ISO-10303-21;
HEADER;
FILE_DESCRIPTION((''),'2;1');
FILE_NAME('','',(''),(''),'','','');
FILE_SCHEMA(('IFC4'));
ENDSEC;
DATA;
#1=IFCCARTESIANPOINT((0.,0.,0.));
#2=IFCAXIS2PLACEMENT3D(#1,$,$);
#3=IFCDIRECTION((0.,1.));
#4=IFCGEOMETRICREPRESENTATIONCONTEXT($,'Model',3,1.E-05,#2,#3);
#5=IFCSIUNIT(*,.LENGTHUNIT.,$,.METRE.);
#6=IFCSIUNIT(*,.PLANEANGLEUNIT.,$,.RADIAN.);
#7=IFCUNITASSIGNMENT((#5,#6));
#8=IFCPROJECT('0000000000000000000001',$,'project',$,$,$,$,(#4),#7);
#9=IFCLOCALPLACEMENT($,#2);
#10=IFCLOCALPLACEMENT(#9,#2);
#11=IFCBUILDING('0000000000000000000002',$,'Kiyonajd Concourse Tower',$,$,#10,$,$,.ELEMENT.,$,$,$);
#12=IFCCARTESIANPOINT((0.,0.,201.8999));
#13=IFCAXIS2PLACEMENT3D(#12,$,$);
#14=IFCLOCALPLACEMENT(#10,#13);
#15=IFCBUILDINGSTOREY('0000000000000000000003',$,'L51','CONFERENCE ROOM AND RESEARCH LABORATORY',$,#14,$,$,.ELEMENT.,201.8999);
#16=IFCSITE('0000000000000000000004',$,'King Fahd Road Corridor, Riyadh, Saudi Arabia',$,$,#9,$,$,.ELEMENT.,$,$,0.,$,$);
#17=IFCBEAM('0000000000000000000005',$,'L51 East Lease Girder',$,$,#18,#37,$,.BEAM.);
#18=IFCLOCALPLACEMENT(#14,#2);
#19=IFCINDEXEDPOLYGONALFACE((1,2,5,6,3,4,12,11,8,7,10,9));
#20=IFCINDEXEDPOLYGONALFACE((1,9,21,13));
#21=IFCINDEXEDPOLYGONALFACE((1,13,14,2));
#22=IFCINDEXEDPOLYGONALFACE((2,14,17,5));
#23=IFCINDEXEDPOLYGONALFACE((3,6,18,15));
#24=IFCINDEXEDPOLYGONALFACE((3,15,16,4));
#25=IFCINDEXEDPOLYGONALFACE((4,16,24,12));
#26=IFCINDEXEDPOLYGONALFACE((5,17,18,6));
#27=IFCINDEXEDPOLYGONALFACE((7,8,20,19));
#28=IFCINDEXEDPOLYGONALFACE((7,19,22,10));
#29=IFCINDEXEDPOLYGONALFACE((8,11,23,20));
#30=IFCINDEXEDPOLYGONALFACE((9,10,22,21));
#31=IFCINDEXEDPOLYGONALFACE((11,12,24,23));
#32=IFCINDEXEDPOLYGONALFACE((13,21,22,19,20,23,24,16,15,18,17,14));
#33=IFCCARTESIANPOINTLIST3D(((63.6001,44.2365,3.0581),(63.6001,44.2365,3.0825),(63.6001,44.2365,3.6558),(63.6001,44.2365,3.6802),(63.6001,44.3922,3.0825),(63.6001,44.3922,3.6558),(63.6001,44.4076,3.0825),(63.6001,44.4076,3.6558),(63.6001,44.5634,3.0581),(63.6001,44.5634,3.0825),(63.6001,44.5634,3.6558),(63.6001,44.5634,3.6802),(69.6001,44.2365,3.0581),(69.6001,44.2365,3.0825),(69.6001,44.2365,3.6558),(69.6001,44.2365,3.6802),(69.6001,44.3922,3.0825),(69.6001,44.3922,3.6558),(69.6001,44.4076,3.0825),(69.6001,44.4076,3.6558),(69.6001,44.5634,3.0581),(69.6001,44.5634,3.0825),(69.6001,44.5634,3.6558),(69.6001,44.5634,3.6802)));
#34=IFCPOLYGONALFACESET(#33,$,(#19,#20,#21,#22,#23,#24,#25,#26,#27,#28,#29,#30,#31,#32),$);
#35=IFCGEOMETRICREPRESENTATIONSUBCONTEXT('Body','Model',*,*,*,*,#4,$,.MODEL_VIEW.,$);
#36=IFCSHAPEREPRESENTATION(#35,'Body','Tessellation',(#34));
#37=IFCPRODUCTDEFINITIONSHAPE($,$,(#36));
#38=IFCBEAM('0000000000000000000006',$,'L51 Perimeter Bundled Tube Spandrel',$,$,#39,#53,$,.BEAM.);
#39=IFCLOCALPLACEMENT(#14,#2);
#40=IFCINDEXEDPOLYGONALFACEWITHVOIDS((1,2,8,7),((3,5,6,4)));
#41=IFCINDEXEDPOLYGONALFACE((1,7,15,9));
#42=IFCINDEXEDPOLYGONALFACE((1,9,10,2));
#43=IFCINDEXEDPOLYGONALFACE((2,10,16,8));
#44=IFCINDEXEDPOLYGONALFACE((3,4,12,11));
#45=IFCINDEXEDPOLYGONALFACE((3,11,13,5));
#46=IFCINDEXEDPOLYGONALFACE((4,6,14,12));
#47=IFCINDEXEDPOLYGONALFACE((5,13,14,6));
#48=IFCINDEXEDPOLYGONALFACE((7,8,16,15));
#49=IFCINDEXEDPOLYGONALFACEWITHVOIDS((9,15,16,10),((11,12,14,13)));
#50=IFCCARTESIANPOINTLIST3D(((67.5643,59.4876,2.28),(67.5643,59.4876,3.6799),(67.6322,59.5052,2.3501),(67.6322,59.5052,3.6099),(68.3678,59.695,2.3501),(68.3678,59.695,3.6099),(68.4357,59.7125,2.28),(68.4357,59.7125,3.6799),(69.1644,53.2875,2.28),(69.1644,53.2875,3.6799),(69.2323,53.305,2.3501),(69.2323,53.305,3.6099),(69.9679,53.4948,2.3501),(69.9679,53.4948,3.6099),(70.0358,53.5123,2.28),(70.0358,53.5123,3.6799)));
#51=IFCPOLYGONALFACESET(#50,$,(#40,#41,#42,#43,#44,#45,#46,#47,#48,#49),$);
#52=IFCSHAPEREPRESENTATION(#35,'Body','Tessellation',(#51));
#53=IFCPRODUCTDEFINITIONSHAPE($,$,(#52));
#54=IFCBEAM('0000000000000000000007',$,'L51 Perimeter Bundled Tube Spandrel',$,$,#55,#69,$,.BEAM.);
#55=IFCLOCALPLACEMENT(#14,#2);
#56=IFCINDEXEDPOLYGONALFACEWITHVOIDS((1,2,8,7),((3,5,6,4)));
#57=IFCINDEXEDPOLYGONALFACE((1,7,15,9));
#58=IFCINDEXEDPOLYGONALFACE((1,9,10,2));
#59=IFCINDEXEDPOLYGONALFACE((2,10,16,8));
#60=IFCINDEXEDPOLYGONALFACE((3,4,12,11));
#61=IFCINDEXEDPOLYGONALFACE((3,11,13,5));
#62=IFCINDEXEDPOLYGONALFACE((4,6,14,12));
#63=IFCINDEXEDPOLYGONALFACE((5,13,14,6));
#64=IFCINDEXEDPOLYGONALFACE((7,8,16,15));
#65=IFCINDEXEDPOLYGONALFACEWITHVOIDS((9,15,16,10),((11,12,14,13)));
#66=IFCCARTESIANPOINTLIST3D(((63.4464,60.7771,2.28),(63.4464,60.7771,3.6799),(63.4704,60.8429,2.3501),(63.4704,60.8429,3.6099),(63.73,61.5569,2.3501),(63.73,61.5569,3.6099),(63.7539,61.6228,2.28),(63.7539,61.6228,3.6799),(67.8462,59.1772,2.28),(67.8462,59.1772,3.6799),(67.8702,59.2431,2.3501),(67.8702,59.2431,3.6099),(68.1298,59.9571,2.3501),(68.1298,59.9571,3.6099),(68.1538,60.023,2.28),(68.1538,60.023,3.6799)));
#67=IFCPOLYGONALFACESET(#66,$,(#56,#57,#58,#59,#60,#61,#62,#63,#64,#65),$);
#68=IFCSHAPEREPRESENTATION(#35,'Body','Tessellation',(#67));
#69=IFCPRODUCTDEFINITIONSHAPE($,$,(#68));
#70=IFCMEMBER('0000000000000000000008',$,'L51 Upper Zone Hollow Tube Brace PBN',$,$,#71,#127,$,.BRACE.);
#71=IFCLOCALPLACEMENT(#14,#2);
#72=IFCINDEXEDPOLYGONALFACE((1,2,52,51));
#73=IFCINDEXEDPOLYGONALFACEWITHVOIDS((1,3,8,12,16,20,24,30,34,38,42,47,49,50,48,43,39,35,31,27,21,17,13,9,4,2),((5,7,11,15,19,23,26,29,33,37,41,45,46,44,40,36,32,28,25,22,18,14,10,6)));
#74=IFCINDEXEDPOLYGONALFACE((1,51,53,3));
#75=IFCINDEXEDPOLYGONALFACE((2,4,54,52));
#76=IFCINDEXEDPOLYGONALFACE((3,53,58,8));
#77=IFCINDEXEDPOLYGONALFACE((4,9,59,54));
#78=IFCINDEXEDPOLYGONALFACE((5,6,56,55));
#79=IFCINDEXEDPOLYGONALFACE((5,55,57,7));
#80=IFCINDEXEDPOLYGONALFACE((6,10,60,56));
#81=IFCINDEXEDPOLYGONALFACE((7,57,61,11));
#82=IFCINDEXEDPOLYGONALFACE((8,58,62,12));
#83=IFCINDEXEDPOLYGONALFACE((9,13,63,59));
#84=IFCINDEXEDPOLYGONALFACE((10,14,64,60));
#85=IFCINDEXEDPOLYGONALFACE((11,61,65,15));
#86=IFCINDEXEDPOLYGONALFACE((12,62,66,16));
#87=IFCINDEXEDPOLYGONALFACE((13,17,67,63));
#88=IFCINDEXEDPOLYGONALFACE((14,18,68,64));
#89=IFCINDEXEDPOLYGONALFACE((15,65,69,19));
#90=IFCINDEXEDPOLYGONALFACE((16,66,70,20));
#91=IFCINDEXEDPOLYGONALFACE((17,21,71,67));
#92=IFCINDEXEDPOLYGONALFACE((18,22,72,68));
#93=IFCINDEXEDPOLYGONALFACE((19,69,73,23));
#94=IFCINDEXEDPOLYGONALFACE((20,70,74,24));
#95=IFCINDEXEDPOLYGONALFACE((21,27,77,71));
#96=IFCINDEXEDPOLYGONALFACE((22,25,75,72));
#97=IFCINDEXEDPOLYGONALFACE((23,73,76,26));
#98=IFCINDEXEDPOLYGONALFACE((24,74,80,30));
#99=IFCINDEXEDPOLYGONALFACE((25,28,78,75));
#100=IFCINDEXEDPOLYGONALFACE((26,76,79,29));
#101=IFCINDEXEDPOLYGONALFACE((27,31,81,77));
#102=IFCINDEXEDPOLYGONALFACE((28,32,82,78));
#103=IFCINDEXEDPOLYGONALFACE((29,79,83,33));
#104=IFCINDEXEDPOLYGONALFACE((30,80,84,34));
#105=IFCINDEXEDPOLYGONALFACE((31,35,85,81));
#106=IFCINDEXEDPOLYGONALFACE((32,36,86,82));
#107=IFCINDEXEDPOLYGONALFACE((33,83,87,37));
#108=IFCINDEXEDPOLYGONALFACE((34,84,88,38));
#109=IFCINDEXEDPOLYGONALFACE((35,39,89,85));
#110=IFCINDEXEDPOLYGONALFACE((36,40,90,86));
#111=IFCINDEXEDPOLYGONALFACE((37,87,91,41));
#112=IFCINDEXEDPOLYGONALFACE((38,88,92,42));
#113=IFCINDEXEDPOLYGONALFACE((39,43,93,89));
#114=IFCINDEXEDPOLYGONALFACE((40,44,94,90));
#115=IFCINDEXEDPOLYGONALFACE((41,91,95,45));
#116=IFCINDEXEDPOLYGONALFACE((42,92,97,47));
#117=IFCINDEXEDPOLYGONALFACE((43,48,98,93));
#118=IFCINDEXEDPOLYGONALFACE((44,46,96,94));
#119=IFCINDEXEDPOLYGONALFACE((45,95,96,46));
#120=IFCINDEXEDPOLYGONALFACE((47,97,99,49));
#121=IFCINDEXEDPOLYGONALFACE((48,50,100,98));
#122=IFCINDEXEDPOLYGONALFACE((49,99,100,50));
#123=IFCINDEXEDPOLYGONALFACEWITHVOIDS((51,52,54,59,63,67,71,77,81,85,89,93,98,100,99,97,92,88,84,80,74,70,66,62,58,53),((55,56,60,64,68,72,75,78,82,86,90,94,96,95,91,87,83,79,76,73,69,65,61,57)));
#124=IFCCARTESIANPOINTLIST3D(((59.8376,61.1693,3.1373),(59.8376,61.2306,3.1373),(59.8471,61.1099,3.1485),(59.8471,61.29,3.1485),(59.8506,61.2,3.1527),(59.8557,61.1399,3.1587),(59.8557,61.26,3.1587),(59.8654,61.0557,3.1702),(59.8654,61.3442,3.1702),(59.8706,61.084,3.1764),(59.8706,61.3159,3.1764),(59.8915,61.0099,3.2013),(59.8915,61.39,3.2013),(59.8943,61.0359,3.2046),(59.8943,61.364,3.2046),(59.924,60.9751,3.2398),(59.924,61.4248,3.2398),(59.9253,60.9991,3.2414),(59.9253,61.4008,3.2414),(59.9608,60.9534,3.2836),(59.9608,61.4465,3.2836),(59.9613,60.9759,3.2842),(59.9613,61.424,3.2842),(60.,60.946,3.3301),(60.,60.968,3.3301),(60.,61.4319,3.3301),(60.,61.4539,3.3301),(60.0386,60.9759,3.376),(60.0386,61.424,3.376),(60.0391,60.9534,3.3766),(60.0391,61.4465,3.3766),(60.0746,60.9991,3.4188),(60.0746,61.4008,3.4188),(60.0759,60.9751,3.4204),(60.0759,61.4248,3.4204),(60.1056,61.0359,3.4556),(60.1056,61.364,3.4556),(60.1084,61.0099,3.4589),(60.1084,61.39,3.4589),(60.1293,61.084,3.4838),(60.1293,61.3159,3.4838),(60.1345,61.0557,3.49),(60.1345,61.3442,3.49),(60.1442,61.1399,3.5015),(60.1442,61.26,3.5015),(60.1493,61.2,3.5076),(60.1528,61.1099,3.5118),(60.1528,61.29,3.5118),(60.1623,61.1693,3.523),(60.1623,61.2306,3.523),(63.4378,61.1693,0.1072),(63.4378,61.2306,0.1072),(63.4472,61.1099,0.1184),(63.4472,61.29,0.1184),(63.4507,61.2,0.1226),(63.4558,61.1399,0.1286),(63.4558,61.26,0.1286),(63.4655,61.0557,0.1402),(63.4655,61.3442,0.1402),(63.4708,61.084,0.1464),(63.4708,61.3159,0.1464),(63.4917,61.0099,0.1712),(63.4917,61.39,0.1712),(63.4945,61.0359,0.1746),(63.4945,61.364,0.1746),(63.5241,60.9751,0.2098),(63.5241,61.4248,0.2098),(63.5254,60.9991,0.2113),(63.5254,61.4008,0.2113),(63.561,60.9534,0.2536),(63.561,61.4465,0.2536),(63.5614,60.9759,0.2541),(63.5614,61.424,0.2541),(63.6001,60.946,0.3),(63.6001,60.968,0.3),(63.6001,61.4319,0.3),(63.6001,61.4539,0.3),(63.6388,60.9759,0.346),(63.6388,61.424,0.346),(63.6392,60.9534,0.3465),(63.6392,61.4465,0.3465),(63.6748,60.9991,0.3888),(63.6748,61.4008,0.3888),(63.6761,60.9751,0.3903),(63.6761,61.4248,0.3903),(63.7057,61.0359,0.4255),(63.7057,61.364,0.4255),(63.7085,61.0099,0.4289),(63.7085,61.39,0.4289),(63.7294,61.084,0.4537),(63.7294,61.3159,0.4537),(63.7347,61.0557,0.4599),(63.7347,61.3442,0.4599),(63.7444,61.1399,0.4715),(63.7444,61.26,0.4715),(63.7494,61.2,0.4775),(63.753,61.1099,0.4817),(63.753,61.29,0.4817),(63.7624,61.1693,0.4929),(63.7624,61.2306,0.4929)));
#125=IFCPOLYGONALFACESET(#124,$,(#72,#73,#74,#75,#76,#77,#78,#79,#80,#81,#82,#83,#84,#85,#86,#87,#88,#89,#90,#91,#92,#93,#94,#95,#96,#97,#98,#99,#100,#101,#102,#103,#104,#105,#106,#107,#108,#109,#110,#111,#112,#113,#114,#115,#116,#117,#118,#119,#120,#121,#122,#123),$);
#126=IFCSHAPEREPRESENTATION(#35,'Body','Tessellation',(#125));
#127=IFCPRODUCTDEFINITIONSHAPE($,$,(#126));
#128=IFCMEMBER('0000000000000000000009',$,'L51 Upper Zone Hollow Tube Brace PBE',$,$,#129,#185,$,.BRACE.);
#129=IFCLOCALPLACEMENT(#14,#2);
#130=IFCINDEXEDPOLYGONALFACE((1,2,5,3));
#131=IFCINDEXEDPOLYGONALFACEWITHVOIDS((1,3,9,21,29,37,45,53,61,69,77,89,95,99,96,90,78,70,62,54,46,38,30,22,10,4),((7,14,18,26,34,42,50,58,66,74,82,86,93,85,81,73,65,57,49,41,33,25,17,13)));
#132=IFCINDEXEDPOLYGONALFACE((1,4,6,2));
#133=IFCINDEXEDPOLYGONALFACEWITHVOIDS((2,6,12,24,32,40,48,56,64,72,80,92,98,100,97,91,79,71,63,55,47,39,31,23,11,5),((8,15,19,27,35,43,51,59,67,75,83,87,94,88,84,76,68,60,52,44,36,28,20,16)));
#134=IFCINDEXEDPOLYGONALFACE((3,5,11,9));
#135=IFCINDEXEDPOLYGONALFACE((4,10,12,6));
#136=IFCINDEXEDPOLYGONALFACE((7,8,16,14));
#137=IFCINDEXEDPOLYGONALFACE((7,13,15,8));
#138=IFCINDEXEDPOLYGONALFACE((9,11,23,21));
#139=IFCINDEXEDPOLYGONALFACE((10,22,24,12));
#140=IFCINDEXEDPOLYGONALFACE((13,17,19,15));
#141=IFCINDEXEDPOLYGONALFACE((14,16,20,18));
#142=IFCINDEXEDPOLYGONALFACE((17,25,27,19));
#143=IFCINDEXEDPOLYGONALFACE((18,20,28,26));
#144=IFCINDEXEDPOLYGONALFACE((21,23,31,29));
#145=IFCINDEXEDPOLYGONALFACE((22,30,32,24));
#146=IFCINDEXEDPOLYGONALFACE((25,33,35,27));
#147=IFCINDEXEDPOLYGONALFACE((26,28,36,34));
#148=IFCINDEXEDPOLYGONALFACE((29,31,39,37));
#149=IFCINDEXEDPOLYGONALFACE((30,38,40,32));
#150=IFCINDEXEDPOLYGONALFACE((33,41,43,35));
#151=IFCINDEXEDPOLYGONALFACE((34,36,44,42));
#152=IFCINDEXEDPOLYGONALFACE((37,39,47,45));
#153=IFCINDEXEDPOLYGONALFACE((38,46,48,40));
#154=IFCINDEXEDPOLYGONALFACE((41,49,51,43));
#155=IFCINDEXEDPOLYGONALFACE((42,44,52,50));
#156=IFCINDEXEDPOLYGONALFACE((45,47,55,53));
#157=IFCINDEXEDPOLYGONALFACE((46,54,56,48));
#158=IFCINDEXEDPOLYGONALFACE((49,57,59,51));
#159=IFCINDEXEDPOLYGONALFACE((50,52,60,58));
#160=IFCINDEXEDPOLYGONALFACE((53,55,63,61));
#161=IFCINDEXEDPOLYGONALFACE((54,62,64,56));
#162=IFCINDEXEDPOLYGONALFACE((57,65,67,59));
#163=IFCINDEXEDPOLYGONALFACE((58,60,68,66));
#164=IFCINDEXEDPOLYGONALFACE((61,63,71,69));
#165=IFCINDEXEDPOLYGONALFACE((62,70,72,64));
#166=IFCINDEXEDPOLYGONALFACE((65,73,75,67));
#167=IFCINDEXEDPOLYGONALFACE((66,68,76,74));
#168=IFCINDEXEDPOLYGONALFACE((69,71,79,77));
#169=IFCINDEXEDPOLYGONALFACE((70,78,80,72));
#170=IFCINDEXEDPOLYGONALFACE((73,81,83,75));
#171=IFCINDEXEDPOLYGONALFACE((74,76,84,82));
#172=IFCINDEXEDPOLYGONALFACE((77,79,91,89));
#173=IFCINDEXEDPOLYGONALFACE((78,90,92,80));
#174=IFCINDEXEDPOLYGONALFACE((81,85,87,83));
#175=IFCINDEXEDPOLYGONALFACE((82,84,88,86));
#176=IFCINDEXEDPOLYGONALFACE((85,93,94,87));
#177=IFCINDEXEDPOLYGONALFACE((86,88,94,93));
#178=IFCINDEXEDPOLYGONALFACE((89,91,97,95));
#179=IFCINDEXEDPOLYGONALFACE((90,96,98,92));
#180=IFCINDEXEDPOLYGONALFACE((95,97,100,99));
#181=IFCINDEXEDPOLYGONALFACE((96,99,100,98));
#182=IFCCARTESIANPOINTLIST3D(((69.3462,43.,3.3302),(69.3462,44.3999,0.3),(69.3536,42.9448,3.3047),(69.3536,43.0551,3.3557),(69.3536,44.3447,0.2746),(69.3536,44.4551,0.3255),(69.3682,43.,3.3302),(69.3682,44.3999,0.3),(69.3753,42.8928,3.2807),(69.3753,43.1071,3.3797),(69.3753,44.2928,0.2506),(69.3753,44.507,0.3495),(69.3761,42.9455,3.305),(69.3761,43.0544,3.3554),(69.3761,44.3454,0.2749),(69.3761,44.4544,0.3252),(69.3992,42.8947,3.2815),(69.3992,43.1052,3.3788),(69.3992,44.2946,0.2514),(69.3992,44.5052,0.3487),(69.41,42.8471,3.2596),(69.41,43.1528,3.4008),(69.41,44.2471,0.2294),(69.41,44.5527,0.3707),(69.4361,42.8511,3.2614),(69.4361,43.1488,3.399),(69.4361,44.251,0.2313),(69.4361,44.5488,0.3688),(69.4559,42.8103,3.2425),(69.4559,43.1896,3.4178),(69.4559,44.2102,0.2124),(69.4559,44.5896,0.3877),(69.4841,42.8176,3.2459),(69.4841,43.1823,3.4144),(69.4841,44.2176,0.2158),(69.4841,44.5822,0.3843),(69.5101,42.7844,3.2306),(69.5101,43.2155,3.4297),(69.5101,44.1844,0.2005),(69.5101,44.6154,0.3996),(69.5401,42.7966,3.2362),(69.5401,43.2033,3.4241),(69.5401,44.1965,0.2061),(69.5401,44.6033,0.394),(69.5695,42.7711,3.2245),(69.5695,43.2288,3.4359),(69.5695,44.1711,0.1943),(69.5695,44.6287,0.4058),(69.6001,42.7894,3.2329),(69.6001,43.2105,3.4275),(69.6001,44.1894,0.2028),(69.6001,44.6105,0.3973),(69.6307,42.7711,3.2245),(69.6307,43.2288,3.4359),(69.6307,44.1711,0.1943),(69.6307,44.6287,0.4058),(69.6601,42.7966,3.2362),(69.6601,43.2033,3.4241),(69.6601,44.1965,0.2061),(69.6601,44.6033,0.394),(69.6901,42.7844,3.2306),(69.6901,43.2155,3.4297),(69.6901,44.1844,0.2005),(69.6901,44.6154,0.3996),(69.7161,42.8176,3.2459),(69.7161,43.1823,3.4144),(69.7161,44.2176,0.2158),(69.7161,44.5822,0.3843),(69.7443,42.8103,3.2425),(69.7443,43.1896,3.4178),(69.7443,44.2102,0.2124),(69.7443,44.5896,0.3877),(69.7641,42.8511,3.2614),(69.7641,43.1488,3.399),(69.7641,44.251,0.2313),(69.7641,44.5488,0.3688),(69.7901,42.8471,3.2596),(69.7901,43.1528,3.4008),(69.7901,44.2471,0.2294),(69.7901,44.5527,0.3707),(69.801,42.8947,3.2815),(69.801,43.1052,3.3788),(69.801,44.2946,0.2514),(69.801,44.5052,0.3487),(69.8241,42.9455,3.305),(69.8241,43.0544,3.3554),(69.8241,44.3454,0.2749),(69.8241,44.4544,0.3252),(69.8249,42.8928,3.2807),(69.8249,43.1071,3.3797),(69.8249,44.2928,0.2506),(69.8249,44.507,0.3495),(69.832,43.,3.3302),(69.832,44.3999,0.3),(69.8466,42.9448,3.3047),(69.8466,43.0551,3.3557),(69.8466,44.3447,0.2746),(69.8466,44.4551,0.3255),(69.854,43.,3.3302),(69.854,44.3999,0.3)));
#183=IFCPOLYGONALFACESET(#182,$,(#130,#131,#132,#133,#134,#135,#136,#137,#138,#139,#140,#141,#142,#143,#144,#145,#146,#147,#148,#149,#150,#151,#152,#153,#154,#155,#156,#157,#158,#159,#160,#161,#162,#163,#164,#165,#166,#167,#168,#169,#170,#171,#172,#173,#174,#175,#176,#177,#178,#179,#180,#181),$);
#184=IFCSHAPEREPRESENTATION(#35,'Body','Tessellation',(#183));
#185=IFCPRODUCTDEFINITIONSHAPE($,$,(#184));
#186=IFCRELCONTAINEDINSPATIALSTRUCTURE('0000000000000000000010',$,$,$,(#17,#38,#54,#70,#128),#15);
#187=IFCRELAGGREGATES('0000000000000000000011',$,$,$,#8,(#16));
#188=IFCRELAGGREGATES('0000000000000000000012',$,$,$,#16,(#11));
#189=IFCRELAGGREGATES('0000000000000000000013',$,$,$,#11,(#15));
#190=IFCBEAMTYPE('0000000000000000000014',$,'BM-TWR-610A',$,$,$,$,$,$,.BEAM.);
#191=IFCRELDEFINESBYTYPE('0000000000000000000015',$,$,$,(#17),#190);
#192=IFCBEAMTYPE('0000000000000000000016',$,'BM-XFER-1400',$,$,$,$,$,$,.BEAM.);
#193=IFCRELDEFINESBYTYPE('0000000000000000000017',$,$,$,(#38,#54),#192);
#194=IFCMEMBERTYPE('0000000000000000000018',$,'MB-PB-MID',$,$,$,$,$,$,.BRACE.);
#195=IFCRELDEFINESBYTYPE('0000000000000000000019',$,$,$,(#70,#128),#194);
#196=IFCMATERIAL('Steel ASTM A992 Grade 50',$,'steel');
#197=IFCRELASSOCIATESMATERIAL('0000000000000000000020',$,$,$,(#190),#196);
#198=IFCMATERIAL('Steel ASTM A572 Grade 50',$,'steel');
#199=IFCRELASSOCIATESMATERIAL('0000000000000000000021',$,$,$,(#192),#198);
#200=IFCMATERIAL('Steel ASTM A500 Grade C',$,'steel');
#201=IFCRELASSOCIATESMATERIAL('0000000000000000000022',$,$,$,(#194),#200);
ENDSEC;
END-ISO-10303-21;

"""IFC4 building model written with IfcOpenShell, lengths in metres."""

from ifc_helpers import new_model, si_unit, direction, frame, origin, origin_2d, place, context, subcontext, project, spatial, hollow_rectangle, hollow_circle, i_section, extrude, material, material_profile, profile_set, type_object, element, save


model = new_model("IFC4")

# Units and contexts
model_context = context("Model", 3, precision=1e-05, world=origin(), true_north=direction((0.0, 1.0)))
body_context = subcontext(model_context, "Body", "Model", "MODEL_VIEW")
ifc_project = project(units=[si_unit("LENGTHUNIT", "METRE"), si_unit("PLANEANGLEUNIT", "RADIAN")], contexts=[model_context])

# Site, building, storey
site_placement = place(None, origin())
site = spatial("IfcSite", under=ifc_project, at=site_placement, Name="King Fahd Road Corridor, Riyadh, Saudi Arabia", CompositionType="ELEMENT", RefElevation=0.0)
building_placement = place(site_placement, origin())
building = spatial("IfcBuilding", under=site, at=building_placement, Name="Kiyonajd Concourse Tower", CompositionType="ELEMENT")
storey_placement = place(building_placement, frame((0.0, 0.0, 201.8999)))
storey = spatial("IfcBuildingStorey", under=building, at=storey_placement, Name="L51", Description="CONFERENCE ROOM AND RESEARCH LABORATORY", CompositionType="ELEMENT", Elevation=201.8999)

# Beams
ifc_material_1 = material(Name="Steel ASTM A992 Grade 50", Category="steel")
ifc_material_profile_1 = material_profile(ifc_material_1, i_section(OverallWidth=0.3269, OverallDepth=0.6221, WebThickness=0.0154, FlangeThickness=0.0244, at=origin_2d()), Name="W610X195")
ifc_profile_set_1 = profile_set([ifc_material_profile_1], Name="Steel ASTM A992 Grade 50")
beam_type_1 = type_object("IfcBeamType", Name="BM-TWR-610A", PredefinedType="BEAM", material=ifc_profile_set_1)
beam_1_placement = place(storey_placement, frame((63.6001, 44.3999, 3.3691), z_axis=(1.0, 0.0, 0.0), x_axis=(0.0, 1.0, 0.0)))
element("IfcBeam", 1, at=beam_1_placement, inside=storey, type_object=beam_type_1, Name="L51 East Lease Girder", PredefinedType="BEAM", context=body_context, shape_type="SweptSolid", body=[
    extrude(i_section(OverallWidth=0.3269, OverallDepth=0.6221, WebThickness=0.0154, FlangeThickness=0.0244, at=origin_2d()), origin(), (0.0, 0.0, 1.0), 6.0),
])
ifc_material_2 = material(Name="Steel ASTM A572 Grade 50", Category="steel")
ifc_material_profile_2 = material_profile(ifc_material_2, hollow_rectangle(XDim=0.8999, YDim=1.3999, WallThickness=0.0701, at=origin_2d()), Name="BOX-1400x900x70")
ifc_profile_set_2 = profile_set([ifc_material_profile_2], Name="Steel ASTM A572 Grade 50")
beam_type_2 = type_object("IfcBeamType", Name="BM-XFER-1400", PredefinedType="BEAM", material=ifc_profile_set_2)
beam_2_placement = place(storey_placement, frame((69.6001, 53.3999, 2.98), z_axis=(-0.249885, 0.968276, 0.0), x_axis=(-0.968276, -0.249885, 0.0)))
element("IfcBeam", 2, at=beam_2_placement, inside=storey, type_object=beam_type_2, Name="L51 Perimeter Bundled Tube Spandrel", PredefinedType="BEAM", context=body_context, shape_type="SweptSolid", body=[
    extrude(hollow_rectangle(XDim=0.8999, YDim=1.3999, WallThickness=0.0701, at=origin_2d()), origin(), (0.0, 0.0, 1.0), 6.4033),
])
beam_3_placement = place(storey_placement, frame((68.0, 59.6001, 2.98), z_axis=(-0.939801, 0.341722, 0.0), x_axis=(-0.341722, -0.939801, 0.0)))
element("IfcBeam", 3, at=beam_3_placement, inside=storey, type_object=beam_type_2, Name="L51 Perimeter Bundled Tube Spandrel", PredefinedType="BEAM", context=body_context, shape_type="SweptSolid", body=[
    extrude(hollow_rectangle(XDim=0.8999, YDim=1.3999, WallThickness=0.0701, at=origin_2d()), origin(), (0.0, 0.0, 1.0), 4.6816),
])

# Members
ifc_material_3 = material(Name="Steel ASTM A500 Grade C", Category="steel")
ifc_material_profile_3 = material_profile(ifc_material_3, hollow_circle(Radius=0.2539, WallThickness=0.022, at=origin_2d()), Name="CHS-508x22")
ifc_profile_set_3 = profile_set([ifc_material_profile_3], Name="Steel ASTM A500 Grade C")
member_type = type_object("IfcMemberType", Name="MB-PB-MID", PredefinedType="BRACE", material=ifc_profile_set_3)
member_1_placement = place(storey_placement, frame((63.6001, 61.2, 0.3), z_axis=(-0.765082, 0.0, 0.643933), x_axis=(0.0, -1.0, 0.0)))
element("IfcMember", 4, at=member_1_placement, inside=storey, type_object=member_type, Name="L51 Upper Zone Hollow Tube Brace PBN", PredefinedType="BRACE", context=body_context, shape_type="SweptSolid", body=[
    extrude(hollow_circle(Radius=0.2539, WallThickness=0.022, at=origin_2d()), origin(), (0.0, 0.0, 1.0), 4.7056),
])
member_2_placement = place(storey_placement, frame((69.6001, 44.3999, 0.3), z_axis=(0.0, -0.419411, 0.907797), x_axis=(1.0, 0.0, 0.0)))
element("IfcMember", 5, at=member_2_placement, inside=storey, type_object=member_type, Name="L51 Upper Zone Hollow Tube Brace PBE", PredefinedType="BRACE", context=body_context, shape_type="SweptSolid", body=[
    extrude(hollow_circle(Radius=0.2539, WallThickness=0.022, at=origin_2d()), origin(), (0.0, 0.0, 1.0), 3.3379),
])

save(model, "model.ifc")
